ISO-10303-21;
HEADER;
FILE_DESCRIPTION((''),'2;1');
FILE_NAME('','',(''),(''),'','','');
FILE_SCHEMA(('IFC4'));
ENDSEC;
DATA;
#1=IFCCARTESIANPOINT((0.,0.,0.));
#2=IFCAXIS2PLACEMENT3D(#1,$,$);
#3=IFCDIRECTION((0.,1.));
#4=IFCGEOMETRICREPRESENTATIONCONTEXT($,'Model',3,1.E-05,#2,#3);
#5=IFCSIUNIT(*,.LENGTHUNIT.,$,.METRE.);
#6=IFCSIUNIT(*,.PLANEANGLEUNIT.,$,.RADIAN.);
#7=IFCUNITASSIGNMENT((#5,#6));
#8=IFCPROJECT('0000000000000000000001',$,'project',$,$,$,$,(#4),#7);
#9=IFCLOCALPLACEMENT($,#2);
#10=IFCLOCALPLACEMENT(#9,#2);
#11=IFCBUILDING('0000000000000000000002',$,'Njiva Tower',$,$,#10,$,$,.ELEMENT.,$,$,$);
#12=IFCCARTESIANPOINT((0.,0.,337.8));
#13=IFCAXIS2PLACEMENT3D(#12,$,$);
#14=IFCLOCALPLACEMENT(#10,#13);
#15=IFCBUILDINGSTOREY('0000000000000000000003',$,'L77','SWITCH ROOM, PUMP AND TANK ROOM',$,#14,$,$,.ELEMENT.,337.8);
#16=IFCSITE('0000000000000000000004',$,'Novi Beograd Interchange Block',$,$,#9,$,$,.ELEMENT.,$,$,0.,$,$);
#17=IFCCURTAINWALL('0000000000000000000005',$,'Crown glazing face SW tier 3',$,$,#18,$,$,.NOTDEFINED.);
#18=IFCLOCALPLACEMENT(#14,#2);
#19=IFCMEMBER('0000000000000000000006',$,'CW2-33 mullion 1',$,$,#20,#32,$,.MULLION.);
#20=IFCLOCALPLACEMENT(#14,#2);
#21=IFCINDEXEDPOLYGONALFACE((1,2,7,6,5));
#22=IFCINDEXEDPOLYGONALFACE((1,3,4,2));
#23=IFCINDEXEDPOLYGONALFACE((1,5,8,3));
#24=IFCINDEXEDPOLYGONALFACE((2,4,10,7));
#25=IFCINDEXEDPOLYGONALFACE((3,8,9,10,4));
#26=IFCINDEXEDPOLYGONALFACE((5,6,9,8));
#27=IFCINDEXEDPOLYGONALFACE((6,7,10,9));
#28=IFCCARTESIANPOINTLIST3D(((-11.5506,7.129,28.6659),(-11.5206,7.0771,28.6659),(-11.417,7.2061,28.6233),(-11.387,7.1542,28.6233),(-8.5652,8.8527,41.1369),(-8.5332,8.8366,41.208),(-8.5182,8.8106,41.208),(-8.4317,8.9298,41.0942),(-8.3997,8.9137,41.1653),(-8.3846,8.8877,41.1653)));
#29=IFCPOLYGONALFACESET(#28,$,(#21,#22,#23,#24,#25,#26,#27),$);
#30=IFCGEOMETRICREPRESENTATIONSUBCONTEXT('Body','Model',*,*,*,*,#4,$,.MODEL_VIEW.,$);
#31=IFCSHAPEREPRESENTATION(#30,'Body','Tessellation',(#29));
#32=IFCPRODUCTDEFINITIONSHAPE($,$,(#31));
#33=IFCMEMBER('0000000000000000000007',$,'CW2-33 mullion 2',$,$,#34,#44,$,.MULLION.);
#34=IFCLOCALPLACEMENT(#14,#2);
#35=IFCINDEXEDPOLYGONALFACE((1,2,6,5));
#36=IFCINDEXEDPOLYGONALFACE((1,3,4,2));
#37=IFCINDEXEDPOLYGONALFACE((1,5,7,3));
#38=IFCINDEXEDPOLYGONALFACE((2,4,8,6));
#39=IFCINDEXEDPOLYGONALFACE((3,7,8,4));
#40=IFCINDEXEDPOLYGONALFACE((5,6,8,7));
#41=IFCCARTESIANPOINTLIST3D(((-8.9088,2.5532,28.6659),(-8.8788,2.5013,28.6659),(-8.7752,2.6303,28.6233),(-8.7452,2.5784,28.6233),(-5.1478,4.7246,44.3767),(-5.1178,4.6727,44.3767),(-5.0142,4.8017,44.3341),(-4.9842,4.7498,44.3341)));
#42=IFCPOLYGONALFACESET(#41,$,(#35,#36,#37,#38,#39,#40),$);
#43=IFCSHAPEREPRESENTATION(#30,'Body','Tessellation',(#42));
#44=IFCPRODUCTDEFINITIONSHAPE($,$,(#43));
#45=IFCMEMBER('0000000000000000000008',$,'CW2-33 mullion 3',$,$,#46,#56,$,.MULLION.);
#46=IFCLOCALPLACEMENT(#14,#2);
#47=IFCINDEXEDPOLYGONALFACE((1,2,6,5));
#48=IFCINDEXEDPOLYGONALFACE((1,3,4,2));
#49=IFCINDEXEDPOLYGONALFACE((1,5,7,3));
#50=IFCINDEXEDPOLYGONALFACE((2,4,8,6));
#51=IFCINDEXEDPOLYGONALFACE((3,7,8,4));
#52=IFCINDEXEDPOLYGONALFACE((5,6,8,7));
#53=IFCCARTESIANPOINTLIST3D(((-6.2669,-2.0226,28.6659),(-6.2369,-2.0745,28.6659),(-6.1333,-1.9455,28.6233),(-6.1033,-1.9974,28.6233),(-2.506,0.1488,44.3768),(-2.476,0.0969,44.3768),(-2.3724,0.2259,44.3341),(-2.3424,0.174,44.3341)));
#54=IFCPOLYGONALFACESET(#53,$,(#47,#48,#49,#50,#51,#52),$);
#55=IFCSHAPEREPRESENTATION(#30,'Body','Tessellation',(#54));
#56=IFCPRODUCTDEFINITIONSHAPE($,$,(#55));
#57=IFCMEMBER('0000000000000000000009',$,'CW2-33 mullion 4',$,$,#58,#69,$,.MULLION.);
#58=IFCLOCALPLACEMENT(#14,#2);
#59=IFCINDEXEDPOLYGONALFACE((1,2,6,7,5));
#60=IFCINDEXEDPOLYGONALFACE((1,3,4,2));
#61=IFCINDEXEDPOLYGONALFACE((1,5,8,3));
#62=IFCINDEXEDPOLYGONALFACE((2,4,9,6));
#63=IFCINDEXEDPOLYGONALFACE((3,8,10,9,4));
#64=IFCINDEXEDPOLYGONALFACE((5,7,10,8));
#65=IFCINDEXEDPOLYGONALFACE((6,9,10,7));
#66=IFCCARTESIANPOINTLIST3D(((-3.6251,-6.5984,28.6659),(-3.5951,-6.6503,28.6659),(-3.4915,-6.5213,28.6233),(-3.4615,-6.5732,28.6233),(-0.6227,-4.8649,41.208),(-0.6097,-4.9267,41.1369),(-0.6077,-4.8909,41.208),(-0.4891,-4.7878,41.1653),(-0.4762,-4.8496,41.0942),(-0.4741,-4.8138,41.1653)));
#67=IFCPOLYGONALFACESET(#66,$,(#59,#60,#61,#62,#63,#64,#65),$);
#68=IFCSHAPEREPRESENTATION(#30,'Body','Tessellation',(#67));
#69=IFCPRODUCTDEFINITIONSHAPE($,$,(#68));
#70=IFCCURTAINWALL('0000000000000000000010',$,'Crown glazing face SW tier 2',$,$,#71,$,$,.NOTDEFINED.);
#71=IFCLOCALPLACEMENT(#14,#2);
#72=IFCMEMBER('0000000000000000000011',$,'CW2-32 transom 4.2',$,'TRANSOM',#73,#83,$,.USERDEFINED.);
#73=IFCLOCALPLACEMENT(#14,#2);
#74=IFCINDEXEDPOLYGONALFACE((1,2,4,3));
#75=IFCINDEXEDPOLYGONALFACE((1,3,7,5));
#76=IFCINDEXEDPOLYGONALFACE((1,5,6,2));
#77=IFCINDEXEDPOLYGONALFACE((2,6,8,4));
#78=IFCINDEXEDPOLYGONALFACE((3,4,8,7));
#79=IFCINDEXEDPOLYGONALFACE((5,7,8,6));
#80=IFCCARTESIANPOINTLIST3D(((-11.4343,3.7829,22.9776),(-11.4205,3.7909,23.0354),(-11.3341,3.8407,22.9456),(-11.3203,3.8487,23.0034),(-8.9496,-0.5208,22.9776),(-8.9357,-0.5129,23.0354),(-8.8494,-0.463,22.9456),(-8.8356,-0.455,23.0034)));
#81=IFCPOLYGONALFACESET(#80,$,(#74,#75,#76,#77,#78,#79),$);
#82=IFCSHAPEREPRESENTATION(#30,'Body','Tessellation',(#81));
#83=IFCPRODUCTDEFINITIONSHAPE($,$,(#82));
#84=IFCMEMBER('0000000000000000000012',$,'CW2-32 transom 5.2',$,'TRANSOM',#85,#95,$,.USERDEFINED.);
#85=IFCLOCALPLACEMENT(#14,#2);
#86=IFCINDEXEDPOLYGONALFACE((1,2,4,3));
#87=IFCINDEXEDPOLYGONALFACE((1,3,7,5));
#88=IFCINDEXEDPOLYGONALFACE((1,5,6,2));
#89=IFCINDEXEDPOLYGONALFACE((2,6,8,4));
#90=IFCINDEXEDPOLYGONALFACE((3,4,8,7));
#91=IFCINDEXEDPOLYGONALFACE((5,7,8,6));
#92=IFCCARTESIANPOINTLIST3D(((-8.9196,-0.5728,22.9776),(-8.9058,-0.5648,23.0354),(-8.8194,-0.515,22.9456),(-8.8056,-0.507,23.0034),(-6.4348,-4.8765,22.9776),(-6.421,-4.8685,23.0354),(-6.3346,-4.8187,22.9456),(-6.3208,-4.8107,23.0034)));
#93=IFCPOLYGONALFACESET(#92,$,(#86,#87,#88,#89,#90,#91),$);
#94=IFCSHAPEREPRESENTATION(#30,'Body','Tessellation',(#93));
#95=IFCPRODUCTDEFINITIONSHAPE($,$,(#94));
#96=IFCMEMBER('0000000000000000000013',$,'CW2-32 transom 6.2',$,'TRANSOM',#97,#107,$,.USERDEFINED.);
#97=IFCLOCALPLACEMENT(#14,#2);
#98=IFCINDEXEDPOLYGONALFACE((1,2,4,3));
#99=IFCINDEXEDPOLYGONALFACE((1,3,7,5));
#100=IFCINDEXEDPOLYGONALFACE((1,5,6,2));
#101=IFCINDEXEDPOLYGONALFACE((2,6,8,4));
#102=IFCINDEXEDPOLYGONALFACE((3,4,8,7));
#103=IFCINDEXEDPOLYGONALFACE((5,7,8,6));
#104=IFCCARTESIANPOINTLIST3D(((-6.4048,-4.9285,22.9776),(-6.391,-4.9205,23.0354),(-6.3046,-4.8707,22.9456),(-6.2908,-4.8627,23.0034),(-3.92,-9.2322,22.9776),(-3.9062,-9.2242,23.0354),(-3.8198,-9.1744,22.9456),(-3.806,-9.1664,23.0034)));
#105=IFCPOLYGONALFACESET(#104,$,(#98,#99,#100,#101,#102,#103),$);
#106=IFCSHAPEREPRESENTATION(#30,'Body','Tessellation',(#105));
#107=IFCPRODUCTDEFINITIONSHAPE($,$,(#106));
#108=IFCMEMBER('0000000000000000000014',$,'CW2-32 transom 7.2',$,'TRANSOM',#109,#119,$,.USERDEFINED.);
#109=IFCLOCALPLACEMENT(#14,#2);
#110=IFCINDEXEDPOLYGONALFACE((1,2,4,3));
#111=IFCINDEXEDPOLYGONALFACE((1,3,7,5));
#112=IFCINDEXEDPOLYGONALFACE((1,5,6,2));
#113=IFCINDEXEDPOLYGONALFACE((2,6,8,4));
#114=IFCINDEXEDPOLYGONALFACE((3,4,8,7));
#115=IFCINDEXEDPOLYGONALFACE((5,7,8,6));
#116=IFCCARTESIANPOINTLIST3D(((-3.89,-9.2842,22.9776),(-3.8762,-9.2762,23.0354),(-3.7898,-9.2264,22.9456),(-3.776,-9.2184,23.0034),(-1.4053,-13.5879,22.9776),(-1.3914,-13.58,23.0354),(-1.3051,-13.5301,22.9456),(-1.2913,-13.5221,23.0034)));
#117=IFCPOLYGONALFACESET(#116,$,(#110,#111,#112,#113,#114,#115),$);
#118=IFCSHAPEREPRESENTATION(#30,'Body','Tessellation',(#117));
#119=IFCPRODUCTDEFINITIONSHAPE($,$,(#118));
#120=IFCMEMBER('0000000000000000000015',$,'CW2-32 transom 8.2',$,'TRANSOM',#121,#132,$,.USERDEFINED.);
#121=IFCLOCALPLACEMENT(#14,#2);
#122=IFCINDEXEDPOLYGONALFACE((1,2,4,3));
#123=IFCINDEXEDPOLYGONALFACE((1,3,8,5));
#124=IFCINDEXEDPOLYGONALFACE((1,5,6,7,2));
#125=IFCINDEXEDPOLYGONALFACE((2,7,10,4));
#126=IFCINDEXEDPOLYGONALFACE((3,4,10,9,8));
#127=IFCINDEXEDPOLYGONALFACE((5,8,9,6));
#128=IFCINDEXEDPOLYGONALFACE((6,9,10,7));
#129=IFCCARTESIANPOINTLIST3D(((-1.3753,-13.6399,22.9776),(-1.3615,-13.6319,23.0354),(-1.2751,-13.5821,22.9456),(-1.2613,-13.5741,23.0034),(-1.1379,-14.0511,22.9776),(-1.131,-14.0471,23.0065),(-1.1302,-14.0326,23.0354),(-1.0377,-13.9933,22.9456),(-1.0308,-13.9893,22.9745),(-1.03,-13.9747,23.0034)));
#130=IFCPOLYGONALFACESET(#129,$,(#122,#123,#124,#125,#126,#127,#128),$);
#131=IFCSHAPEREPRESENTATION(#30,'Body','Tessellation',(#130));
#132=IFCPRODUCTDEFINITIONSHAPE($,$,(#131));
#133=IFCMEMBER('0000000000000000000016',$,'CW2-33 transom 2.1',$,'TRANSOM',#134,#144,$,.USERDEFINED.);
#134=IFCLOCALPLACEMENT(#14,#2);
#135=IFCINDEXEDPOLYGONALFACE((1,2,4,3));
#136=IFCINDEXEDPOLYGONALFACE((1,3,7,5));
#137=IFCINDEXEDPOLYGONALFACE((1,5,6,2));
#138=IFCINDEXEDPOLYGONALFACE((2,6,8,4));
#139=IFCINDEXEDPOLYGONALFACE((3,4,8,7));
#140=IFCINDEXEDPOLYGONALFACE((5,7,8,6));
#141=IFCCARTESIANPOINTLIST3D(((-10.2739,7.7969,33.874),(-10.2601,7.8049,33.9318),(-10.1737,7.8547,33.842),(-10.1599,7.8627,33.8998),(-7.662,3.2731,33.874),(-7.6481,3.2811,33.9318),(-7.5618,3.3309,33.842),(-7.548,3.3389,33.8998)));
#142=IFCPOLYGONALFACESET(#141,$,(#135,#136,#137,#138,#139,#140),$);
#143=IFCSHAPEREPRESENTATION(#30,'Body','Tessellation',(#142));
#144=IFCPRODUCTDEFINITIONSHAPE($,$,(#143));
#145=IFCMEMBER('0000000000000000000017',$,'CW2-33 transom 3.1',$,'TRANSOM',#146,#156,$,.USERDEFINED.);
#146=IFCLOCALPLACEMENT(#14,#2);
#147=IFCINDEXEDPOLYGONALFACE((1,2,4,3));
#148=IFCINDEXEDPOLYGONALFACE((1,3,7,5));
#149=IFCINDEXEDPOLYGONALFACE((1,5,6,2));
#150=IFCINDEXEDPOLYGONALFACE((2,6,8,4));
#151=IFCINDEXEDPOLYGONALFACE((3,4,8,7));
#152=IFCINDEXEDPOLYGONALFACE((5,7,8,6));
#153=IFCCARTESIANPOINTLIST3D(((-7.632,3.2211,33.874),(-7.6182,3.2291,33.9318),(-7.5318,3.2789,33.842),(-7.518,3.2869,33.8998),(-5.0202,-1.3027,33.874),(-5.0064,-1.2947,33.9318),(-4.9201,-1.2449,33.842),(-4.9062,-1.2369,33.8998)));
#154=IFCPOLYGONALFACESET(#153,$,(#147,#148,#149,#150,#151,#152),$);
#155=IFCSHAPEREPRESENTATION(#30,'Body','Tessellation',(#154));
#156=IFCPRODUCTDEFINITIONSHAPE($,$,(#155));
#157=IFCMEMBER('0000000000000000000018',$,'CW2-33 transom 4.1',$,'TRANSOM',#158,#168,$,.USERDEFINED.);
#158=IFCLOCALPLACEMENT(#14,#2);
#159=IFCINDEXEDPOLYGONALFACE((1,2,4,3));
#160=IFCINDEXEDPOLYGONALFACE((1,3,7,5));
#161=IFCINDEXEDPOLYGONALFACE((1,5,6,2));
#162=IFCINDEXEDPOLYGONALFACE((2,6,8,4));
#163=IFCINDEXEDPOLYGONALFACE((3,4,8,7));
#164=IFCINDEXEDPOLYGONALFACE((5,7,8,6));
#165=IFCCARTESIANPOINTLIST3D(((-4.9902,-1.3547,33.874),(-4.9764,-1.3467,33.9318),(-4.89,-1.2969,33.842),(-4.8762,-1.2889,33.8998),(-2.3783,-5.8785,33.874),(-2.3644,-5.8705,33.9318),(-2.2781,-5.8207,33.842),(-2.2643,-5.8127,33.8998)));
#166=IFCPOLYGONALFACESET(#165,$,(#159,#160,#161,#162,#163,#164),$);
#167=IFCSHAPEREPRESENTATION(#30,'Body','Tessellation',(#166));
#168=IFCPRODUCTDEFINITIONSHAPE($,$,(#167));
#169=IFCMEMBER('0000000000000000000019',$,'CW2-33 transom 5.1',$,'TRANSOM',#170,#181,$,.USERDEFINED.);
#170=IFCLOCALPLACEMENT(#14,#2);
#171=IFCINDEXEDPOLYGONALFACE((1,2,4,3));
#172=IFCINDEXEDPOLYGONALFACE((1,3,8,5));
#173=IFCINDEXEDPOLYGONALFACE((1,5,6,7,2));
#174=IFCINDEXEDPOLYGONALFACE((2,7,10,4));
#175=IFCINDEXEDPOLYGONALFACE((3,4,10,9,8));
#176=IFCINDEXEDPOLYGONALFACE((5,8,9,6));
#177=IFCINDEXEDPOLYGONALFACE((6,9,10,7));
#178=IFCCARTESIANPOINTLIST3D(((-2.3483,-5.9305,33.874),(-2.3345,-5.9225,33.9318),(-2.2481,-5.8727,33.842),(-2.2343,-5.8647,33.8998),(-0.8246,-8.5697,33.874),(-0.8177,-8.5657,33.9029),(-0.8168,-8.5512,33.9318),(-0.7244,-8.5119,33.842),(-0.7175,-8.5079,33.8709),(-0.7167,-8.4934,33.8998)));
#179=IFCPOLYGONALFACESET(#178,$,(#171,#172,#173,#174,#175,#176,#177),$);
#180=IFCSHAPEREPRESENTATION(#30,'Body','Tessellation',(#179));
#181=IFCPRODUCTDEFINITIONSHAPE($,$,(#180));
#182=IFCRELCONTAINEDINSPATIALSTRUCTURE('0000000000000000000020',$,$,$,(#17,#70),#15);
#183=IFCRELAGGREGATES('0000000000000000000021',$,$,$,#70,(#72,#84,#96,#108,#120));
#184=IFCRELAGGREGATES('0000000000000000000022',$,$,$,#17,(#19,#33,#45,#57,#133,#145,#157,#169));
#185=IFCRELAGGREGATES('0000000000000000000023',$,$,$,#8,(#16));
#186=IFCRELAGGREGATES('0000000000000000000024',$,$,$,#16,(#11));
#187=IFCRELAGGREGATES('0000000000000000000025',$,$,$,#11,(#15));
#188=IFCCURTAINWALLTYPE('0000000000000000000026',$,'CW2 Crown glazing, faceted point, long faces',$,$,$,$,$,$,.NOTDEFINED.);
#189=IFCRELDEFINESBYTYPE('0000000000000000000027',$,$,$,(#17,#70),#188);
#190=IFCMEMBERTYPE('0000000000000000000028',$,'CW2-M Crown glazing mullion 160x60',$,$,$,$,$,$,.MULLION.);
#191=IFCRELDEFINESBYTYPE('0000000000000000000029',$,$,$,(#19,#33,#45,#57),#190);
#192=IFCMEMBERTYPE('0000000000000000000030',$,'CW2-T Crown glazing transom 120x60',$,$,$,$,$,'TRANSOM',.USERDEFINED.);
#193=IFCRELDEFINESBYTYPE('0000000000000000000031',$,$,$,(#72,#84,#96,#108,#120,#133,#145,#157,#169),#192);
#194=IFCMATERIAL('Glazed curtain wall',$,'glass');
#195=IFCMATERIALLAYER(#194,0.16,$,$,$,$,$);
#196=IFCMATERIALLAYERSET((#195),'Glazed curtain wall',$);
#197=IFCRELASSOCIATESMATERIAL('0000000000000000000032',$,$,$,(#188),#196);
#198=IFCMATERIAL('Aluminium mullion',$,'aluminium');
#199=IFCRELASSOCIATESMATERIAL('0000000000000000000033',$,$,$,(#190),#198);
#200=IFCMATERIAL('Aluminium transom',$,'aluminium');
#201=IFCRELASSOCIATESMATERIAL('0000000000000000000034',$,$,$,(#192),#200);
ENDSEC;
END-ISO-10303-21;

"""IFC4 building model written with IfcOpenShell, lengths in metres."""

from ifc_helpers import new_model, si_unit, direction, frame, origin, origin_2d, place, context, subcontext, project, spatial, rectangle, extrude, clip, halfspace, material, layer, layer_set, material_profile, profile_set, type_object, element, aggregate, save


model = new_model("IFC4")

# Units and contexts
model_context = context("Model", 3, precision=1e-05, world=origin(), true_north=direction((0.0, 1.0)))
body_context = subcontext(model_context, "Body", "Model", "MODEL_VIEW")
ifc_project = project(units=[si_unit("LENGTHUNIT", "METRE"), si_unit("PLANEANGLEUNIT", "RADIAN")], contexts=[model_context])

# Site, building, storey
site_placement = place(None, origin())
site = spatial("IfcSite", under=ifc_project, at=site_placement, Name="Novi Beograd Interchange Block", CompositionType="ELEMENT", RefElevation=0.0)
building_placement = place(site_placement, origin())
building = spatial("IfcBuilding", under=site, at=building_placement, Name="Njiva Tower", CompositionType="ELEMENT")
storey_placement = place(building_placement, frame((0.0, 0.0, 337.8)))
storey = spatial("IfcBuildingStorey", under=building, at=storey_placement, Name="L77", Description="SWITCH ROOM, PUMP AND TANK ROOM", CompositionType="ELEMENT", Elevation=337.8)

# Curtain walls, members
ifc_material_1 = material(Name="Glazed curtain wall", Category="glass")
ifc_layer_1 = layer(ifc_material_1, 0.16)
ifc_layer_set_1 = layer_set([ifc_layer_1], Name="Glazed curtain wall")
curtain_wall_type_1 = type_object("IfcCurtainWallType", Name="CW2 Crown glazing, faceted point, long faces", PredefinedType="NOTDEFINED", material=ifc_layer_set_1)
curtain_wall_1_placement = place(storey_placement, origin())
curtain_wall_1 = element("IfcCurtainWall", 1, at=curtain_wall_1_placement, inside=storey, type_object=curtain_wall_type_1, Name="Crown glazing face SW tier 3", PredefinedType="NOTDEFINED")
ifc_material_2 = material(Name="Aluminium mullion", Category="aluminium")
ifc_material_profile_1 = material_profile(ifc_material_2, rectangle(XDim=0.16, YDim=0.06, at=origin_2d()), Name="RECT 160x60")
ifc_profile_set_1 = profile_set([ifc_material_profile_1], Name="Aluminium mullion")
member_type_1 = type_object("IfcMemberType", Name="CW2-M Crown glazing mullion 160x60", PredefinedType="MULLION", material=ifc_profile_set_1)
member_1_placement = place(storey_placement, frame((-11.4688, 7.1416, 28.6446), z_axis=(0.230733, 0.133219, 0.963854), x_axis=(-0.834715, -0.48194, 0.26643)))
member_1 = element("IfcMember", 2, at=member_1_placement, type_object=member_type_1, Name="CW2-33 mullion 1", PredefinedType="MULLION", context=body_context, shape_type="Clipping", body=[
    clip(clip(extrude(rectangle(XDim=0.16, YDim=0.06, at=origin_2d()), origin(), (0.0, 0.0, 1.0), 13.0124), halfspace(frame((0.08, 0.0, 0.0), z_axis=(-0.000002, -0.000004, -1.0), x_axis=(0.0, -1.0, 0.000004)), False)), halfspace(frame((0.08, 0.0, 13.0125), z_axis=(-0.000014, -0.926531, 0.376219), x_axis=(0.0, 0.376219, 0.926531)), False)),
])
member_2_placement = place(storey_placement, frame((-8.827, 2.5658, 28.6446), z_axis=(0.230736, 0.133215, 0.963854), x_axis=(-0.834723, -0.481925, 0.266431)))
member_2 = element("IfcMember", 3, at=member_2_placement, type_object=member_type_1, Name="CW2-33 mullion 2", PredefinedType="MULLION", context=body_context, shape_type="Clipping", body=[
    clip(clip(extrude(rectangle(XDim=0.16, YDim=0.06, at=origin_2d()), origin(), (0.0, 0.0, 1.0), 16.3), halfspace(frame((0.08, 0.0, 0.0), z_axis=(-0.000003, 0.000001, -1.0), x_axis=(0.0, -1.0, -0.000001)), False)), halfspace(frame((0.08, 0.0, 16.3), z_axis=(0.000003, -0.000001, 1.0), x_axis=(0.0, 1.0, 0.000001)), False)),
])
member_3_placement = place(storey_placement, frame((-6.1851, -2.01, 28.6446), z_axis=(0.230731, 0.133215, 0.963855), x_axis=(-0.834719, -0.481935, 0.266426)))
member_3 = element("IfcMember", 4, at=member_3_placement, type_object=member_type_1, Name="CW2-33 mullion 3", PredefinedType="MULLION", context=body_context, shape_type="Clipping", body=[
    clip(clip(extrude(rectangle(XDim=0.16, YDim=0.06, at=origin_2d()), origin(), (0.0, 0.0, 1.0), 16.3), halfspace(frame((0.08, 0.0, 0.0), z_axis=(0.000002, -0.000002, -1.0), x_axis=(0.0, -1.0, 0.000002)), False)), halfspace(frame((0.08, 0.0, 16.3), z_axis=(-0.000002, 0.000002, 1.0), x_axis=(0.0, 1.0, -0.000002)), False)),
])
member_4_placement = place(storey_placement, frame((-3.5433, -6.5858, 28.6446), z_axis=(0.230733, 0.133219, 0.963854), x_axis=(-0.834715, -0.48194, 0.26643)))
member_4 = element("IfcMember", 5, at=member_4_placement, type_object=member_type_1, Name="CW2-33 mullion 4", PredefinedType="MULLION", context=body_context, shape_type="Clipping", body=[
    clip(clip(extrude(rectangle(XDim=0.16, YDim=0.06, at=origin_2d()), origin(), (0.0, 0.0, 1.0), 13.0124), halfspace(frame((0.08, 0.0, 0.0), z_axis=(-0.000002, -0.000004, -1.0), x_axis=(0.0, -1.0, 0.000004)), False)), halfspace(frame((0.08, 0.0, 13.0125), z_axis=(0.000015, 0.926534, 0.376211), x_axis=(0.0, 0.376211, -0.926534)), False)),
])
curtain_wall_2_placement = place(storey_placement, origin())
curtain_wall_2 = element("IfcCurtainWall", 6, at=curtain_wall_2_placement, inside=storey, type_object=curtain_wall_type_1, Name="Crown glazing face SW tier 2", PredefinedType="NOTDEFINED")
ifc_material_3 = material(Name="Aluminium transom", Category="aluminium")
ifc_material_profile_2 = material_profile(ifc_material_3, rectangle(XDim=0.12, YDim=0.06, at=origin_2d()), Name="RECT 120x60")
ifc_profile_set_2 = profile_set([ifc_material_profile_2], Name="Aluminium transom")
member_type_2 = type_object("IfcMemberType", Name="CW2-T Crown glazing transom 120x60", ElementType="TRANSOM", PredefinedType="USERDEFINED", material=ifc_profile_set_2)
member_5_placement = place(storey_placement, frame((-11.3773, 3.8158, 22.9905), z_axis=(0.499994, -0.866029, 0.0), x_axis=(-0.834726, -0.481921, 0.266428)))
member_5 = element("IfcMember", 7, at=member_5_placement, type_object=member_type_2, Name="CW2-32 transom 4.2", ObjectType="TRANSOM", PredefinedType="USERDEFINED", context=body_context, shape_type="SweptSolid", body=[
    extrude(rectangle(XDim=0.12, YDim=0.06, at=origin_2d()), origin(), (0.0, 0.0, 1.0), 4.9695),
])
member_6_placement = place(storey_placement, frame((-8.8626, -0.5399, 22.9905), z_axis=(0.500009, -0.86602, 0.0), x_axis=(-0.834718, -0.481936, 0.266428)))
member_6 = element("IfcMember", 8, at=member_6_placement, type_object=member_type_2, Name="CW2-32 transom 5.2", ObjectType="TRANSOM", PredefinedType="USERDEFINED", context=body_context, shape_type="SweptSolid", body=[
    extrude(rectangle(XDim=0.12, YDim=0.06, at=origin_2d()), origin(), (0.0, 0.0, 1.0), 4.9695),
])
member_7_placement = place(storey_placement, frame((-6.3478, -4.8956, 22.9905), z_axis=(0.500009, -0.86602, 0.0), x_axis=(-0.834718, -0.481936, 0.266428)))
member_7 = element("IfcMember", 9, at=member_7_placement, type_object=member_type_2, Name="CW2-32 transom 6.2", ObjectType="TRANSOM", PredefinedType="USERDEFINED", context=body_context, shape_type="SweptSolid", body=[
    extrude(rectangle(XDim=0.12, YDim=0.06, at=origin_2d()), origin(), (0.0, 0.0, 1.0), 4.9695),
])
member_8_placement = place(storey_placement, frame((-3.833, -9.2513, 22.9905), z_axis=(0.499994, -0.866029, 0.0), x_axis=(-0.834726, -0.481921, 0.266428)))
member_8 = element("IfcMember", 10, at=member_8_placement, type_object=member_type_2, Name="CW2-32 transom 7.2", ObjectType="TRANSOM", PredefinedType="USERDEFINED", context=body_context, shape_type="SweptSolid", body=[
    extrude(rectangle(XDim=0.12, YDim=0.06, at=origin_2d()), origin(), (0.0, 0.0, 1.0), 4.9695),
])
member_9_placement = place(storey_placement, frame((-1.3183, -13.607, 22.9905), z_axis=(0.49999, -0.866031, 0.0), x_axis=(-0.834728, -0.481918, 0.266428)))
member_9 = element("IfcMember", 11, at=member_9_placement, type_object=member_type_2, Name="CW2-32 transom 8.2", ObjectType="TRANSOM", PredefinedType="USERDEFINED", context=body_context, shape_type="Clipping", body=[
    clip(extrude(rectangle(XDim=0.12, YDim=0.06, at=origin_2d()), origin(), (0.0, 0.0, 1.0), 0.4748), halfspace(frame((0.06, 0.0, 0.4748), z_axis=(-0.00001, -0.376218, 0.926531), x_axis=(0.0, 0.926531, 0.376218)), False)),
])

# Members
member_10_placement = place(storey_placement, frame((-10.2169, 7.8298, 33.8869), z_axis=(0.500012, -0.866019, 0.0), x_axis=(-0.834716, -0.481939, 0.266428)))
member_10 = element("IfcMember", 12, at=member_10_placement, type_object=member_type_2, Name="CW2-33 transom 2.1", ObjectType="TRANSOM", PredefinedType="USERDEFINED", context=body_context, shape_type="SweptSolid", body=[
    extrude(rectangle(XDim=0.12, YDim=0.06, at=origin_2d()), origin(), (0.0, 0.0, 1.0), 5.2237),
])
member_11_placement = place(storey_placement, frame((-7.575, 3.254, 33.8869), z_axis=(0.499998, -0.866027, 0.0), x_axis=(-0.834724, -0.481925, 0.266428)))
member_11 = element("IfcMember", 13, at=member_11_placement, type_object=member_type_2, Name="CW2-33 transom 3.1", ObjectType="TRANSOM", PredefinedType="USERDEFINED", context=body_context, shape_type="SweptSolid", body=[
    extrude(rectangle(XDim=0.12, YDim=0.06, at=origin_2d()), origin(), (0.0, 0.0, 1.0), 5.2236),
])
member_12_placement = place(storey_placement, frame((-4.9332, -1.3218, 33.8869), z_axis=(0.500012, -0.866019, 0.0), x_axis=(-0.834716, -0.481939, 0.266428)))
member_12 = element("IfcMember", 14, at=member_12_placement, type_object=member_type_2, Name="CW2-33 transom 4.1", ObjectType="TRANSOM", PredefinedType="USERDEFINED", context=body_context, shape_type="SweptSolid", body=[
    extrude(rectangle(XDim=0.12, YDim=0.06, at=origin_2d()), origin(), (0.0, 0.0, 1.0), 5.2237),
])
member_13_placement = place(storey_placement, frame((-2.2913, -5.8976, 33.8869), z_axis=(0.499989, -0.866031, 0.0), x_axis=(-0.834729, -0.481917, 0.266428)))
member_13 = element("IfcMember", 15, at=member_13_placement, type_object=member_type_2, Name="CW2-33 transom 5.1", ObjectType="TRANSOM", PredefinedType="USERDEFINED", context=body_context, shape_type="Clipping", body=[
    clip(extrude(rectangle(XDim=0.12, YDim=0.06, at=origin_2d()), origin(), (0.0, 0.0, 1.0), 3.0475), halfspace(frame((0.06, 0.0, 3.0475), z_axis=(-0.000011, -0.376218, 0.926531), x_axis=(0.0, 0.926531, 0.376218)), False)),
])

aggregate(curtain_wall_2, [member_5, member_6, member_7, member_8, member_9])
aggregate(curtain_wall_1, [member_1, member_2, member_3, member_4, member_10, member_11, member_12, member_13])

save(model, "model.ifc")
